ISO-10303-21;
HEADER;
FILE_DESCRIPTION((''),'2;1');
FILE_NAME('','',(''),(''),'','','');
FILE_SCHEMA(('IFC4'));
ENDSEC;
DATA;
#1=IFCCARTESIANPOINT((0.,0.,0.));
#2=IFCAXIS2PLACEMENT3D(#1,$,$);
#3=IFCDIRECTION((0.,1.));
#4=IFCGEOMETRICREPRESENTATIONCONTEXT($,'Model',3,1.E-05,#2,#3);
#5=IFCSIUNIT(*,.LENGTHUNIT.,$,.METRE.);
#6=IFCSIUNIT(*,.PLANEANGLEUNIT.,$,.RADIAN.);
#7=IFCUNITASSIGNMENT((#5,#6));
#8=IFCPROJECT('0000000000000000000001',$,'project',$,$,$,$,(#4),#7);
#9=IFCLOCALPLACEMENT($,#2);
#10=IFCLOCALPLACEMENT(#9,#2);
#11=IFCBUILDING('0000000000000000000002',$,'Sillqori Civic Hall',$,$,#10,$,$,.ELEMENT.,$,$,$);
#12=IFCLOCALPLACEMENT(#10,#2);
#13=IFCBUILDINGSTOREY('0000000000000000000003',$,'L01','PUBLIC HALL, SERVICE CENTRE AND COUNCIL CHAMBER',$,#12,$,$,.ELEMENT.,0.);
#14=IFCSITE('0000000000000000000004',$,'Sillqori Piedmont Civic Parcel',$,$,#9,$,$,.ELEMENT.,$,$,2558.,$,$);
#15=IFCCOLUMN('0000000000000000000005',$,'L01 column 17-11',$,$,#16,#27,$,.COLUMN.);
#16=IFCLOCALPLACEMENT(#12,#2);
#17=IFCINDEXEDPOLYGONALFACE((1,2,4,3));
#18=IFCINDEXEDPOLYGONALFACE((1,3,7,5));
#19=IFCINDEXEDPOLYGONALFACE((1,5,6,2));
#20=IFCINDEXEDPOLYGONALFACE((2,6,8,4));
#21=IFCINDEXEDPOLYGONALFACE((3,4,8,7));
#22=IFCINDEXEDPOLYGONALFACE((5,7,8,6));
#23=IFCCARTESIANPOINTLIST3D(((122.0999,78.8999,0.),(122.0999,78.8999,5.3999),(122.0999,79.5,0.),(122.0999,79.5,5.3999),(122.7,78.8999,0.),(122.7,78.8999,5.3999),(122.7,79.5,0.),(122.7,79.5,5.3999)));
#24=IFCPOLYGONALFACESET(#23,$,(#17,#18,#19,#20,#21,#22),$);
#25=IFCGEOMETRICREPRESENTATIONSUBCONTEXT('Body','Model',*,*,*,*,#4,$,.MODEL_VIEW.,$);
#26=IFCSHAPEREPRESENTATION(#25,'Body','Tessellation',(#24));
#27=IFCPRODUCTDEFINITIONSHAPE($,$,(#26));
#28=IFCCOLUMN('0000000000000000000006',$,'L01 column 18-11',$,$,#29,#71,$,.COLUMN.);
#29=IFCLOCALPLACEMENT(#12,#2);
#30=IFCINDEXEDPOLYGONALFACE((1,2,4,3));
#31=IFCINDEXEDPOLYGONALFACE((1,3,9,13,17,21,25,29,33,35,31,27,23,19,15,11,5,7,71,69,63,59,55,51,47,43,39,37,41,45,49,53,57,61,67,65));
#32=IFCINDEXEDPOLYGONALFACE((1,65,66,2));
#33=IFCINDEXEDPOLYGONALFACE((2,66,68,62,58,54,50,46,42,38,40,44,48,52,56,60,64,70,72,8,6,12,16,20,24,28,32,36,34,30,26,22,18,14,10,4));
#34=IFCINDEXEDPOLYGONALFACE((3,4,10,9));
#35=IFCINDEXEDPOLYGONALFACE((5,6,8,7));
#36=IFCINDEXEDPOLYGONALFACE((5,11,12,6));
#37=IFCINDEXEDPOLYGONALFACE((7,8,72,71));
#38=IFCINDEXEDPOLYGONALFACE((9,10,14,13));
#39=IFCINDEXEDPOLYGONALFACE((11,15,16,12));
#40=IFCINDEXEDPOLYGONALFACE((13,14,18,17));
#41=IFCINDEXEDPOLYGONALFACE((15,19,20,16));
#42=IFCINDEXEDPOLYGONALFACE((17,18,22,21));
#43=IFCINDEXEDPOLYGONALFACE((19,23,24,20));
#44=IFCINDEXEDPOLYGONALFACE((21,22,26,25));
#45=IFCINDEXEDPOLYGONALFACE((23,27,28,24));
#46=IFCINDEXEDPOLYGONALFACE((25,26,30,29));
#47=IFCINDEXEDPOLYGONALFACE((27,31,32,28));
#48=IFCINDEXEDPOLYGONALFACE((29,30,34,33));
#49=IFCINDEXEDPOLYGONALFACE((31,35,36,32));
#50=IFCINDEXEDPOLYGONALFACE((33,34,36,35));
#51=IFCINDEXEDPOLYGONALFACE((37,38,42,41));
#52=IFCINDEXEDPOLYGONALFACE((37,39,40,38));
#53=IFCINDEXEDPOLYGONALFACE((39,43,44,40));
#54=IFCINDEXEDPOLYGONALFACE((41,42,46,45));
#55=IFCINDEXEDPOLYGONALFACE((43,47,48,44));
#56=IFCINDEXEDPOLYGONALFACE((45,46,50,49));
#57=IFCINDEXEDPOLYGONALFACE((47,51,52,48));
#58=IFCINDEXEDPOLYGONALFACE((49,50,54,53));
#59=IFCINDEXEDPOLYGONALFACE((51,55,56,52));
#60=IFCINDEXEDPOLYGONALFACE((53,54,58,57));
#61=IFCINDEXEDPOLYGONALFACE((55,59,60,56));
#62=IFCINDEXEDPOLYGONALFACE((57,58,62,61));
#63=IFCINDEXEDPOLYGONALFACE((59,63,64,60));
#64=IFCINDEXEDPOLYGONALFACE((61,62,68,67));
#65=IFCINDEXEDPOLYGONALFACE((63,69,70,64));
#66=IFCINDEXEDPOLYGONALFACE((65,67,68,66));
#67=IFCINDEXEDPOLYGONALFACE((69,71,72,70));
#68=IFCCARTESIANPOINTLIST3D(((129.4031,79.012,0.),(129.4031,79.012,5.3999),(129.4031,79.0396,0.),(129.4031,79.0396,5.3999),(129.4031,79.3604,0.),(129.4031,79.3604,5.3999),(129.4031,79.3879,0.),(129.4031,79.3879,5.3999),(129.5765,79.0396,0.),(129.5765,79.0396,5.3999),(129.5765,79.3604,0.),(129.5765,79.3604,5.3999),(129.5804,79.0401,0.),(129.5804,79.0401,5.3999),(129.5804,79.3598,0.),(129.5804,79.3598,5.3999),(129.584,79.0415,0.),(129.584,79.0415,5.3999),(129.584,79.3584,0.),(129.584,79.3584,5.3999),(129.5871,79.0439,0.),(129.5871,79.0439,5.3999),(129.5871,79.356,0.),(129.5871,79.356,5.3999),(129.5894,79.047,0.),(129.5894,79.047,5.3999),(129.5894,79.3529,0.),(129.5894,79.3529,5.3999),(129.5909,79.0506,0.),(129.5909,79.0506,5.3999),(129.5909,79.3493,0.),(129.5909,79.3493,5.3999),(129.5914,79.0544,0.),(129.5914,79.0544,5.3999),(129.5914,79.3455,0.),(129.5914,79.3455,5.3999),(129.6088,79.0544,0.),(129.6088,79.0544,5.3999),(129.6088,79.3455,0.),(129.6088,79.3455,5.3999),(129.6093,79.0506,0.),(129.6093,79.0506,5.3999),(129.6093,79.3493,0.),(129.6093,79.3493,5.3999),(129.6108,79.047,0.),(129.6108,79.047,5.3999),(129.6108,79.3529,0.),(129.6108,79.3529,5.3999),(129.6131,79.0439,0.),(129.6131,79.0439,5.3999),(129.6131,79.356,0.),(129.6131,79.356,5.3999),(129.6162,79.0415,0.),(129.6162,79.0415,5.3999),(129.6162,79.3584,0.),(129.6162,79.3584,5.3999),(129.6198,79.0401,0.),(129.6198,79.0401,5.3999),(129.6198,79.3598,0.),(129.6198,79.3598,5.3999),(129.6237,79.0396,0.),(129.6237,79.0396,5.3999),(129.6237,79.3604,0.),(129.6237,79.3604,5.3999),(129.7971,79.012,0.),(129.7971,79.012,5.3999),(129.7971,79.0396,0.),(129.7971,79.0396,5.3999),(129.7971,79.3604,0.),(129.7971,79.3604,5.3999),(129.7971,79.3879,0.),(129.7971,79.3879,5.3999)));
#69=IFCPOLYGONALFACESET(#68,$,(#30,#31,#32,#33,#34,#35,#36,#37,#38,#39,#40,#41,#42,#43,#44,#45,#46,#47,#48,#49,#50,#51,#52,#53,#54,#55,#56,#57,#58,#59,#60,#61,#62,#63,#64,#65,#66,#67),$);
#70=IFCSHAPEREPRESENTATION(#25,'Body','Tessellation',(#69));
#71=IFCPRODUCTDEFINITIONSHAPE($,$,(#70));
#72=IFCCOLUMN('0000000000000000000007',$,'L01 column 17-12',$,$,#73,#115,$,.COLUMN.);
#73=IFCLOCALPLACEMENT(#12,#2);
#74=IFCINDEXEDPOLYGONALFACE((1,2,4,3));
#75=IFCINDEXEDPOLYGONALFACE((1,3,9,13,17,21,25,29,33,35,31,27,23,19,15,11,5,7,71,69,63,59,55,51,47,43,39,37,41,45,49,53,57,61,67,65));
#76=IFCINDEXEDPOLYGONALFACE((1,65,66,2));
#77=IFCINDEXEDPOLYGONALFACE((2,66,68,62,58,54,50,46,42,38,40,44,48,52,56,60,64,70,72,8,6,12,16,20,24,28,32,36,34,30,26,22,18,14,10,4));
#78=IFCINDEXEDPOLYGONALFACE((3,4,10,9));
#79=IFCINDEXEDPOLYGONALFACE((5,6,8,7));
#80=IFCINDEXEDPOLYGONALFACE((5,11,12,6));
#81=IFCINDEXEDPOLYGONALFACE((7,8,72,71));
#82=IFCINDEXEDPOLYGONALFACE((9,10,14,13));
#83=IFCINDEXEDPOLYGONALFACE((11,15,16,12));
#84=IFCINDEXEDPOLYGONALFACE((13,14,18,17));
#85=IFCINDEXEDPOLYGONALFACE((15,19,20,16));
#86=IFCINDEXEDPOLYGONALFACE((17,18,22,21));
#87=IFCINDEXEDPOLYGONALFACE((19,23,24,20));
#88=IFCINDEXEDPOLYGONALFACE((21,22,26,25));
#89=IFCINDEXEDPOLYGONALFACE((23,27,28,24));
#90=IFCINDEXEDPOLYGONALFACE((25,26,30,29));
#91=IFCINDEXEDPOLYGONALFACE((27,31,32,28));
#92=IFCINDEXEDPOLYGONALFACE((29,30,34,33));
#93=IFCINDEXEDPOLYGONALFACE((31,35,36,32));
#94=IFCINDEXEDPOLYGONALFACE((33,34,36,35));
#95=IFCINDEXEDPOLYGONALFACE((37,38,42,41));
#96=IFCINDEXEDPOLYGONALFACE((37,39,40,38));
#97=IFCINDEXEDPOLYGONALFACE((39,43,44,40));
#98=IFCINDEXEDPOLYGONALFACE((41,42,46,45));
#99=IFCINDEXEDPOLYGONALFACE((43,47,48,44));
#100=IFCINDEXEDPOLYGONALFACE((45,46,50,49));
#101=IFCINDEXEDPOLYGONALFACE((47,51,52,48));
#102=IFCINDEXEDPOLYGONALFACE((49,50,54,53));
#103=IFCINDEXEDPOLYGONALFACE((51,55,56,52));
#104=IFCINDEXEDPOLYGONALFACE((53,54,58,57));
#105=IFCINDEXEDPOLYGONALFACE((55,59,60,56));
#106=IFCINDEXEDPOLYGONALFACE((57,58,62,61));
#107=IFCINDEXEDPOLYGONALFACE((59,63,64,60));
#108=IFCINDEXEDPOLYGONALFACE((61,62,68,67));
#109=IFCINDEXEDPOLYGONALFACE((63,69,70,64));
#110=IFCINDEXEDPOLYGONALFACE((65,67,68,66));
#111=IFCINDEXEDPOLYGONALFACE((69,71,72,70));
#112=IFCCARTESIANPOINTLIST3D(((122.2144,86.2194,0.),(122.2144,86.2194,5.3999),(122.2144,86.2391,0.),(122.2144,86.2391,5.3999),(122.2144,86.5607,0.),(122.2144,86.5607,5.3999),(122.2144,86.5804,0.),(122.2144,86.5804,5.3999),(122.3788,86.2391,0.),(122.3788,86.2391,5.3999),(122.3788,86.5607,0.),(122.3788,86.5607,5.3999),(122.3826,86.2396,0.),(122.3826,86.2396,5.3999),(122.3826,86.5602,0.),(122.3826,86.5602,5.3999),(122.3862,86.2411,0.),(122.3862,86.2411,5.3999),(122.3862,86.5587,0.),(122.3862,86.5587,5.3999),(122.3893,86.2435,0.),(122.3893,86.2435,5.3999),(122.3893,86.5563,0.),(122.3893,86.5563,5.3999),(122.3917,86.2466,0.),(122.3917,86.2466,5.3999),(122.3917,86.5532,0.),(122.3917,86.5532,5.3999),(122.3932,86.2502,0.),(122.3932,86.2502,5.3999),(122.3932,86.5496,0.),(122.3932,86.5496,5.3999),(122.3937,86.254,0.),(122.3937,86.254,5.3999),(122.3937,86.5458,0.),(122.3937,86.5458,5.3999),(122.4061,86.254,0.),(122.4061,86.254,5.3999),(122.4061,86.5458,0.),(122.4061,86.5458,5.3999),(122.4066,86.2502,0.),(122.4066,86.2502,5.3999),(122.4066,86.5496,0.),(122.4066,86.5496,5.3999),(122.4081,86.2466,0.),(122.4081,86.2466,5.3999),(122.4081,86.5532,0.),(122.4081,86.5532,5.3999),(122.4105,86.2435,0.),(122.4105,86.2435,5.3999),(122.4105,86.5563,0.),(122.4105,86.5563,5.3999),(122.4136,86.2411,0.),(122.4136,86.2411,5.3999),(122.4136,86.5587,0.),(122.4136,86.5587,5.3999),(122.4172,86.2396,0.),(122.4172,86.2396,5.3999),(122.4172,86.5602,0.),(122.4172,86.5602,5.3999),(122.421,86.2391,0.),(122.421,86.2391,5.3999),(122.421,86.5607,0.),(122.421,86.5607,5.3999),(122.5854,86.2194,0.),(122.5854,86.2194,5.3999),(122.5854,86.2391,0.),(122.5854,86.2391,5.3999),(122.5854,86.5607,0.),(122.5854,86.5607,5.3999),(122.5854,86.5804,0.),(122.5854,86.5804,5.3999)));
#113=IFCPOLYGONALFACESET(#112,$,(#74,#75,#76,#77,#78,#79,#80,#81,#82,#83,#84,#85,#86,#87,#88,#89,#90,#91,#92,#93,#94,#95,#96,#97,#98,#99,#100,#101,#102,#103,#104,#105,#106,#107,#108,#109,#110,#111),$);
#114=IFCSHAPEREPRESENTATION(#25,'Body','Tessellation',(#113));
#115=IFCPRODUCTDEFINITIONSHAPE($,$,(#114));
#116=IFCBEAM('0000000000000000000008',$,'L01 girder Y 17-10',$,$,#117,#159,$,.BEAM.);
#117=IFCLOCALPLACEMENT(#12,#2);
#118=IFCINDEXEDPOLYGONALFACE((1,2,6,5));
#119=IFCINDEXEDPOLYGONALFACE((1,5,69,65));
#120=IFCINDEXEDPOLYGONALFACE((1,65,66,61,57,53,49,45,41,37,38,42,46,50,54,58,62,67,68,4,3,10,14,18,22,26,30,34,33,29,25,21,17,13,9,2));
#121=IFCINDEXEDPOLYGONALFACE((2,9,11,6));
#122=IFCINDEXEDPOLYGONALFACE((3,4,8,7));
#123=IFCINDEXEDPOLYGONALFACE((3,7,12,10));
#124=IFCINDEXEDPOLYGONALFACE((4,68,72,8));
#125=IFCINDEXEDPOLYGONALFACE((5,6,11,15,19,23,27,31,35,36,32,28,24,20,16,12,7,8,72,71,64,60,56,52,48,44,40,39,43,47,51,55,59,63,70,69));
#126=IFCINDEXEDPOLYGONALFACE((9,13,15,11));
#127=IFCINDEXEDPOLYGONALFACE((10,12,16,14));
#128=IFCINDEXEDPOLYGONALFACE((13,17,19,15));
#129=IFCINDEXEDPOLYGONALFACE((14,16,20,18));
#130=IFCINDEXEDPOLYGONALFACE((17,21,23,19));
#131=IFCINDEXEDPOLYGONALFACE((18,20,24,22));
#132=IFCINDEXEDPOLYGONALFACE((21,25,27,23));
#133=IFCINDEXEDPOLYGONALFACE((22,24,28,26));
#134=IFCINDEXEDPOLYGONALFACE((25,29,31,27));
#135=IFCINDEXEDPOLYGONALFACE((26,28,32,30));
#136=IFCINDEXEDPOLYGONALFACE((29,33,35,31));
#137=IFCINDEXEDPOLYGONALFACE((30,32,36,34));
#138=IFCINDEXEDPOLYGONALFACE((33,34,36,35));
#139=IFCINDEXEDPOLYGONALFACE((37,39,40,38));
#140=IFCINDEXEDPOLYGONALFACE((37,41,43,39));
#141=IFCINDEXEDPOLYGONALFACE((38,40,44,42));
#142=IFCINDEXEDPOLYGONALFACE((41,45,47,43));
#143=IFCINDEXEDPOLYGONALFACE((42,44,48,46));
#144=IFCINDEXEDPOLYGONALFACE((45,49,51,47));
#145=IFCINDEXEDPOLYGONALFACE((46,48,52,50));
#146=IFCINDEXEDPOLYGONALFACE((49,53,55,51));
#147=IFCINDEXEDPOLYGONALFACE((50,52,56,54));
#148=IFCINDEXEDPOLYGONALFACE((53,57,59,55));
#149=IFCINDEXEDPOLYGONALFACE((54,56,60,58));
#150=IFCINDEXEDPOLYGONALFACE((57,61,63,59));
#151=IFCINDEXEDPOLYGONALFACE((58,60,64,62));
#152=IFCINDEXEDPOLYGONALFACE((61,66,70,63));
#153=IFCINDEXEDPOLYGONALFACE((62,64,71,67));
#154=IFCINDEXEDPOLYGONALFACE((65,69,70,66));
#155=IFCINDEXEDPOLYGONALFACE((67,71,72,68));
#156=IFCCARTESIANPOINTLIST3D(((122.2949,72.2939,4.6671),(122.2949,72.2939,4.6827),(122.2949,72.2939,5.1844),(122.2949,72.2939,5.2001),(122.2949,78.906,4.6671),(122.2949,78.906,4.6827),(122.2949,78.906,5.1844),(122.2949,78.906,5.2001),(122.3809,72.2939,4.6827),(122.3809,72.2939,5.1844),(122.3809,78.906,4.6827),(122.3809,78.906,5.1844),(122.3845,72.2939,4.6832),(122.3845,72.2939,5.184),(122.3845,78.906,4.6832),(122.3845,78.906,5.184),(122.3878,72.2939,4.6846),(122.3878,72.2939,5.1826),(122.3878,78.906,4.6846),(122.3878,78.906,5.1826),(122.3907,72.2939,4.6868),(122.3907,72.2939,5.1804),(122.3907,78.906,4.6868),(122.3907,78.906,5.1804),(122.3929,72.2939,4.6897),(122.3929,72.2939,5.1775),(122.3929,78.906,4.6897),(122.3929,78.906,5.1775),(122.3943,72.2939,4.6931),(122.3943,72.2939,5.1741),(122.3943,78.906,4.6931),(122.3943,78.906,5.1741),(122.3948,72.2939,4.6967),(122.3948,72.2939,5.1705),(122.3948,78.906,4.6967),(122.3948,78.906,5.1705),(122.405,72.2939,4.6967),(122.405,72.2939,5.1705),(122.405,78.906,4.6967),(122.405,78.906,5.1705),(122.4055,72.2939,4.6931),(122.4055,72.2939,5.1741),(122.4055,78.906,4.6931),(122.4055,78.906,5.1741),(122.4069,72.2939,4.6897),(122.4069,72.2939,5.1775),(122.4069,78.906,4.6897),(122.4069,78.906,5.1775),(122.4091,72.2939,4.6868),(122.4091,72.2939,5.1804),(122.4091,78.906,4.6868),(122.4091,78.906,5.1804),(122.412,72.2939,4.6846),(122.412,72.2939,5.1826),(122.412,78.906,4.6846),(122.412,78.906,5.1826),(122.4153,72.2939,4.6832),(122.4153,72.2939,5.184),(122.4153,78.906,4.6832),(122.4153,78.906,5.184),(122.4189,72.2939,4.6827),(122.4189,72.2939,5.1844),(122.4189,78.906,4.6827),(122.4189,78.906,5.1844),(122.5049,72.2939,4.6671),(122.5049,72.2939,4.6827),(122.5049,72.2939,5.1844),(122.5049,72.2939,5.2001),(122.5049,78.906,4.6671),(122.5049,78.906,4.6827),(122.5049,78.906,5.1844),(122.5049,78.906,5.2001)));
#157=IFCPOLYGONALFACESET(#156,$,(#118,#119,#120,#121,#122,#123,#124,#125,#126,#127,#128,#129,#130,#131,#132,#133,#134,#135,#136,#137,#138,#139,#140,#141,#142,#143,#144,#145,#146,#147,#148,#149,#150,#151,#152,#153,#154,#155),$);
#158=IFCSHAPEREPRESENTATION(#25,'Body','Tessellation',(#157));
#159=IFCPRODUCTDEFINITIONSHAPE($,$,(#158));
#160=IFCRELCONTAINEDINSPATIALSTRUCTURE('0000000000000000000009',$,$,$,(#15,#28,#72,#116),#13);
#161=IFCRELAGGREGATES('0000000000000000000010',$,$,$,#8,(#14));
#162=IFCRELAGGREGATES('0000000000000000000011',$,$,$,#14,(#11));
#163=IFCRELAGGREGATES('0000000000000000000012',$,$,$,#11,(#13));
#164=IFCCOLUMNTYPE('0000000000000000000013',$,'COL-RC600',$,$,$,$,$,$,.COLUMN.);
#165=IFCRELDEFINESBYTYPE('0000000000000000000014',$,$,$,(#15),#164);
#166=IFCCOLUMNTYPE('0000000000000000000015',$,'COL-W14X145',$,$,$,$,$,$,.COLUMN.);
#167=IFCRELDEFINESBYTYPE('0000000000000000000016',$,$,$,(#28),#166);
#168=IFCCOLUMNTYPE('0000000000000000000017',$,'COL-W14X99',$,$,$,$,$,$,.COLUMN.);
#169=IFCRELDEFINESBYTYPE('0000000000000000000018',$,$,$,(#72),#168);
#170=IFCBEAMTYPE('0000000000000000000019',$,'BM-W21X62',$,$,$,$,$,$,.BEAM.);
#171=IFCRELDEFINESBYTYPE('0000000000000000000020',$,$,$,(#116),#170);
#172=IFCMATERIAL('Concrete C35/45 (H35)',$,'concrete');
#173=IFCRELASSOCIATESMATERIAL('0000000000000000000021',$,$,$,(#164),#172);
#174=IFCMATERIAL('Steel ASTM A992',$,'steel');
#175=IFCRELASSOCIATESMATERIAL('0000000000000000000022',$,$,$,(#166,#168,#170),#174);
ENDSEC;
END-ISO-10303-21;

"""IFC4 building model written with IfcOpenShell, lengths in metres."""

from ifc_helpers import new_model, si_unit, direction, frame, origin, origin_2d, place, context, subcontext, project, spatial, rectangle, i_section, extrude, material, material_profile, profile_set, type_object, element, save


model = new_model("IFC4")

# Units and contexts
model_context = context("Model", 3, precision=1e-05, world=origin(), true_north=direction((0.0, 1.0)))
body_context = subcontext(model_context, "Body", "Model", "MODEL_VIEW")
ifc_project = project(units=[si_unit("LENGTHUNIT", "METRE"), si_unit("PLANEANGLEUNIT", "RADIAN")], contexts=[model_context])

# Site, building, storey
site_placement = place(None, origin())
site = spatial("IfcSite", under=ifc_project, at=site_placement, Name="Sillqori Piedmont Civic Parcel", CompositionType="ELEMENT", RefElevation=2558.0)
building_placement = place(site_placement, origin())
building = spatial("IfcBuilding", under=site, at=building_placement, Name="Sillqori Civic Hall", CompositionType="ELEMENT")
storey_placement = place(building_placement, origin())
storey = spatial("IfcBuildingStorey", under=building, at=storey_placement, Name="L01", Description="PUBLIC HALL, SERVICE CENTRE AND COUNCIL CHAMBER", CompositionType="ELEMENT", Elevation=0.0)

# Columns
ifc_material_1 = material(Name="Concrete C35/45 (H35)", Category="concrete")
ifc_material_profile_1 = material_profile(ifc_material_1, rectangle(XDim=0.6001, YDim=0.6001, at=origin_2d()), Name="RC 600x600")
ifc_profile_set_1 = profile_set([ifc_material_profile_1], Name="Concrete C35/45 (H35)")
column_type_1 = type_object("IfcColumnType", Name="COL-RC600", PredefinedType="COLUMN", material=ifc_profile_set_1)
column_1_placement = place(storey_placement, frame((122.3999, 79.2, 0.0), z_axis=(0.0, 0.0, 1.0), x_axis=(1.0, 0.0, 0.0)))
element("IfcColumn", 1, at=column_1_placement, inside=storey, type_object=column_type_1, Name="L01 column 17-11", PredefinedType="COLUMN", context=body_context, shape_type="SweptSolid", body=[
    extrude(rectangle(XDim=0.6001, YDim=0.6001, at=origin_2d()), origin(), (0.0, 0.0, 1.0), 5.3999),
])
ifc_material_2 = material(Name="Steel ASTM A992", Category="steel")
ifc_material_profile_2 = material_profile(ifc_material_2, i_section(OverallWidth=0.394, OverallDepth=0.376, WebThickness=0.0173, FlangeThickness=0.0276, FilletRadius=0.0149, at=origin_2d()), Name="W14X145")
ifc_profile_set_2 = profile_set([ifc_material_profile_2], Name="Steel ASTM A992")
column_type_2 = type_object("IfcColumnType", Name="COL-W14X145", PredefinedType="COLUMN", material=ifc_profile_set_2)
column_2_placement = place(storey_placement, frame((129.6001, 79.2, 0.0), z_axis=(0.0, 0.0, 1.0), x_axis=(1.0, 0.0, 0.0)))
element("IfcColumn", 2, at=column_2_placement, inside=storey, type_object=column_type_2, Name="L01 column 18-11", PredefinedType="COLUMN", context=body_context, shape_type="SweptSolid", body=[
    extrude(i_section(OverallWidth=0.394, OverallDepth=0.376, WebThickness=0.0173, FlangeThickness=0.0276, FilletRadius=0.0149, at=origin_2d()), origin(), (0.0, 0.0, 1.0), 5.3999),
])
ifc_material_profile_3 = material_profile(ifc_material_2, i_section(OverallWidth=0.3711, OverallDepth=0.3611, WebThickness=0.0125, FlangeThickness=0.0198, FilletRadius=0.0149, at=origin_2d()), Name="W14X99")
ifc_profile_set_3 = profile_set([ifc_material_profile_3], Name="Steel ASTM A992")
column_type_3 = type_object("IfcColumnType", Name="COL-W14X99", PredefinedType="COLUMN", material=ifc_profile_set_3)
column_3_placement = place(storey_placement, frame((122.3999, 86.3999, 0.0), z_axis=(0.0, 0.0, 1.0), x_axis=(1.0, 0.0, 0.0)))
element("IfcColumn", 3, at=column_3_placement, inside=storey, type_object=column_type_3, Name="L01 column 17-12", PredefinedType="COLUMN", context=body_context, shape_type="SweptSolid", body=[
    extrude(i_section(OverallWidth=0.3711, OverallDepth=0.3611, WebThickness=0.0125, FlangeThickness=0.0198, FilletRadius=0.0149, at=origin_2d()), origin(), (0.0, 0.0, 1.0), 5.3999),
])

# Beam
ifc_material_profile_4 = material_profile(ifc_material_2, i_section(OverallWidth=0.21, OverallDepth=0.533, WebThickness=0.0103, FlangeThickness=0.0156, FilletRadius=0.0139, at=origin_2d()), Name="W21X62")
ifc_profile_set_4 = profile_set([ifc_material_profile_4], Name="Steel ASTM A992")
beam_type_1 = type_object("IfcBeamType", Name="BM-W21X62", PredefinedType="BEAM", material=ifc_profile_set_4)
beam_1_placement = place(storey_placement, frame((122.3999, 72.2939, 4.9336), z_axis=(0.0, 1.0, 0.0), x_axis=(-1.0, 0.0, 0.0)))
element("IfcBeam", 4, at=beam_1_placement, inside=storey, type_object=beam_type_1, Name="L01 girder Y 17-10", PredefinedType="BEAM", context=body_context, shape_type="SweptSolid", body=[
    extrude(i_section(OverallWidth=0.21, OverallDepth=0.533, WebThickness=0.0103, FlangeThickness=0.0156, FilletRadius=0.0139, at=origin_2d()), origin(), (0.0, 0.0, 1.0), 6.6121),
])

save(model, "model.ifc")
